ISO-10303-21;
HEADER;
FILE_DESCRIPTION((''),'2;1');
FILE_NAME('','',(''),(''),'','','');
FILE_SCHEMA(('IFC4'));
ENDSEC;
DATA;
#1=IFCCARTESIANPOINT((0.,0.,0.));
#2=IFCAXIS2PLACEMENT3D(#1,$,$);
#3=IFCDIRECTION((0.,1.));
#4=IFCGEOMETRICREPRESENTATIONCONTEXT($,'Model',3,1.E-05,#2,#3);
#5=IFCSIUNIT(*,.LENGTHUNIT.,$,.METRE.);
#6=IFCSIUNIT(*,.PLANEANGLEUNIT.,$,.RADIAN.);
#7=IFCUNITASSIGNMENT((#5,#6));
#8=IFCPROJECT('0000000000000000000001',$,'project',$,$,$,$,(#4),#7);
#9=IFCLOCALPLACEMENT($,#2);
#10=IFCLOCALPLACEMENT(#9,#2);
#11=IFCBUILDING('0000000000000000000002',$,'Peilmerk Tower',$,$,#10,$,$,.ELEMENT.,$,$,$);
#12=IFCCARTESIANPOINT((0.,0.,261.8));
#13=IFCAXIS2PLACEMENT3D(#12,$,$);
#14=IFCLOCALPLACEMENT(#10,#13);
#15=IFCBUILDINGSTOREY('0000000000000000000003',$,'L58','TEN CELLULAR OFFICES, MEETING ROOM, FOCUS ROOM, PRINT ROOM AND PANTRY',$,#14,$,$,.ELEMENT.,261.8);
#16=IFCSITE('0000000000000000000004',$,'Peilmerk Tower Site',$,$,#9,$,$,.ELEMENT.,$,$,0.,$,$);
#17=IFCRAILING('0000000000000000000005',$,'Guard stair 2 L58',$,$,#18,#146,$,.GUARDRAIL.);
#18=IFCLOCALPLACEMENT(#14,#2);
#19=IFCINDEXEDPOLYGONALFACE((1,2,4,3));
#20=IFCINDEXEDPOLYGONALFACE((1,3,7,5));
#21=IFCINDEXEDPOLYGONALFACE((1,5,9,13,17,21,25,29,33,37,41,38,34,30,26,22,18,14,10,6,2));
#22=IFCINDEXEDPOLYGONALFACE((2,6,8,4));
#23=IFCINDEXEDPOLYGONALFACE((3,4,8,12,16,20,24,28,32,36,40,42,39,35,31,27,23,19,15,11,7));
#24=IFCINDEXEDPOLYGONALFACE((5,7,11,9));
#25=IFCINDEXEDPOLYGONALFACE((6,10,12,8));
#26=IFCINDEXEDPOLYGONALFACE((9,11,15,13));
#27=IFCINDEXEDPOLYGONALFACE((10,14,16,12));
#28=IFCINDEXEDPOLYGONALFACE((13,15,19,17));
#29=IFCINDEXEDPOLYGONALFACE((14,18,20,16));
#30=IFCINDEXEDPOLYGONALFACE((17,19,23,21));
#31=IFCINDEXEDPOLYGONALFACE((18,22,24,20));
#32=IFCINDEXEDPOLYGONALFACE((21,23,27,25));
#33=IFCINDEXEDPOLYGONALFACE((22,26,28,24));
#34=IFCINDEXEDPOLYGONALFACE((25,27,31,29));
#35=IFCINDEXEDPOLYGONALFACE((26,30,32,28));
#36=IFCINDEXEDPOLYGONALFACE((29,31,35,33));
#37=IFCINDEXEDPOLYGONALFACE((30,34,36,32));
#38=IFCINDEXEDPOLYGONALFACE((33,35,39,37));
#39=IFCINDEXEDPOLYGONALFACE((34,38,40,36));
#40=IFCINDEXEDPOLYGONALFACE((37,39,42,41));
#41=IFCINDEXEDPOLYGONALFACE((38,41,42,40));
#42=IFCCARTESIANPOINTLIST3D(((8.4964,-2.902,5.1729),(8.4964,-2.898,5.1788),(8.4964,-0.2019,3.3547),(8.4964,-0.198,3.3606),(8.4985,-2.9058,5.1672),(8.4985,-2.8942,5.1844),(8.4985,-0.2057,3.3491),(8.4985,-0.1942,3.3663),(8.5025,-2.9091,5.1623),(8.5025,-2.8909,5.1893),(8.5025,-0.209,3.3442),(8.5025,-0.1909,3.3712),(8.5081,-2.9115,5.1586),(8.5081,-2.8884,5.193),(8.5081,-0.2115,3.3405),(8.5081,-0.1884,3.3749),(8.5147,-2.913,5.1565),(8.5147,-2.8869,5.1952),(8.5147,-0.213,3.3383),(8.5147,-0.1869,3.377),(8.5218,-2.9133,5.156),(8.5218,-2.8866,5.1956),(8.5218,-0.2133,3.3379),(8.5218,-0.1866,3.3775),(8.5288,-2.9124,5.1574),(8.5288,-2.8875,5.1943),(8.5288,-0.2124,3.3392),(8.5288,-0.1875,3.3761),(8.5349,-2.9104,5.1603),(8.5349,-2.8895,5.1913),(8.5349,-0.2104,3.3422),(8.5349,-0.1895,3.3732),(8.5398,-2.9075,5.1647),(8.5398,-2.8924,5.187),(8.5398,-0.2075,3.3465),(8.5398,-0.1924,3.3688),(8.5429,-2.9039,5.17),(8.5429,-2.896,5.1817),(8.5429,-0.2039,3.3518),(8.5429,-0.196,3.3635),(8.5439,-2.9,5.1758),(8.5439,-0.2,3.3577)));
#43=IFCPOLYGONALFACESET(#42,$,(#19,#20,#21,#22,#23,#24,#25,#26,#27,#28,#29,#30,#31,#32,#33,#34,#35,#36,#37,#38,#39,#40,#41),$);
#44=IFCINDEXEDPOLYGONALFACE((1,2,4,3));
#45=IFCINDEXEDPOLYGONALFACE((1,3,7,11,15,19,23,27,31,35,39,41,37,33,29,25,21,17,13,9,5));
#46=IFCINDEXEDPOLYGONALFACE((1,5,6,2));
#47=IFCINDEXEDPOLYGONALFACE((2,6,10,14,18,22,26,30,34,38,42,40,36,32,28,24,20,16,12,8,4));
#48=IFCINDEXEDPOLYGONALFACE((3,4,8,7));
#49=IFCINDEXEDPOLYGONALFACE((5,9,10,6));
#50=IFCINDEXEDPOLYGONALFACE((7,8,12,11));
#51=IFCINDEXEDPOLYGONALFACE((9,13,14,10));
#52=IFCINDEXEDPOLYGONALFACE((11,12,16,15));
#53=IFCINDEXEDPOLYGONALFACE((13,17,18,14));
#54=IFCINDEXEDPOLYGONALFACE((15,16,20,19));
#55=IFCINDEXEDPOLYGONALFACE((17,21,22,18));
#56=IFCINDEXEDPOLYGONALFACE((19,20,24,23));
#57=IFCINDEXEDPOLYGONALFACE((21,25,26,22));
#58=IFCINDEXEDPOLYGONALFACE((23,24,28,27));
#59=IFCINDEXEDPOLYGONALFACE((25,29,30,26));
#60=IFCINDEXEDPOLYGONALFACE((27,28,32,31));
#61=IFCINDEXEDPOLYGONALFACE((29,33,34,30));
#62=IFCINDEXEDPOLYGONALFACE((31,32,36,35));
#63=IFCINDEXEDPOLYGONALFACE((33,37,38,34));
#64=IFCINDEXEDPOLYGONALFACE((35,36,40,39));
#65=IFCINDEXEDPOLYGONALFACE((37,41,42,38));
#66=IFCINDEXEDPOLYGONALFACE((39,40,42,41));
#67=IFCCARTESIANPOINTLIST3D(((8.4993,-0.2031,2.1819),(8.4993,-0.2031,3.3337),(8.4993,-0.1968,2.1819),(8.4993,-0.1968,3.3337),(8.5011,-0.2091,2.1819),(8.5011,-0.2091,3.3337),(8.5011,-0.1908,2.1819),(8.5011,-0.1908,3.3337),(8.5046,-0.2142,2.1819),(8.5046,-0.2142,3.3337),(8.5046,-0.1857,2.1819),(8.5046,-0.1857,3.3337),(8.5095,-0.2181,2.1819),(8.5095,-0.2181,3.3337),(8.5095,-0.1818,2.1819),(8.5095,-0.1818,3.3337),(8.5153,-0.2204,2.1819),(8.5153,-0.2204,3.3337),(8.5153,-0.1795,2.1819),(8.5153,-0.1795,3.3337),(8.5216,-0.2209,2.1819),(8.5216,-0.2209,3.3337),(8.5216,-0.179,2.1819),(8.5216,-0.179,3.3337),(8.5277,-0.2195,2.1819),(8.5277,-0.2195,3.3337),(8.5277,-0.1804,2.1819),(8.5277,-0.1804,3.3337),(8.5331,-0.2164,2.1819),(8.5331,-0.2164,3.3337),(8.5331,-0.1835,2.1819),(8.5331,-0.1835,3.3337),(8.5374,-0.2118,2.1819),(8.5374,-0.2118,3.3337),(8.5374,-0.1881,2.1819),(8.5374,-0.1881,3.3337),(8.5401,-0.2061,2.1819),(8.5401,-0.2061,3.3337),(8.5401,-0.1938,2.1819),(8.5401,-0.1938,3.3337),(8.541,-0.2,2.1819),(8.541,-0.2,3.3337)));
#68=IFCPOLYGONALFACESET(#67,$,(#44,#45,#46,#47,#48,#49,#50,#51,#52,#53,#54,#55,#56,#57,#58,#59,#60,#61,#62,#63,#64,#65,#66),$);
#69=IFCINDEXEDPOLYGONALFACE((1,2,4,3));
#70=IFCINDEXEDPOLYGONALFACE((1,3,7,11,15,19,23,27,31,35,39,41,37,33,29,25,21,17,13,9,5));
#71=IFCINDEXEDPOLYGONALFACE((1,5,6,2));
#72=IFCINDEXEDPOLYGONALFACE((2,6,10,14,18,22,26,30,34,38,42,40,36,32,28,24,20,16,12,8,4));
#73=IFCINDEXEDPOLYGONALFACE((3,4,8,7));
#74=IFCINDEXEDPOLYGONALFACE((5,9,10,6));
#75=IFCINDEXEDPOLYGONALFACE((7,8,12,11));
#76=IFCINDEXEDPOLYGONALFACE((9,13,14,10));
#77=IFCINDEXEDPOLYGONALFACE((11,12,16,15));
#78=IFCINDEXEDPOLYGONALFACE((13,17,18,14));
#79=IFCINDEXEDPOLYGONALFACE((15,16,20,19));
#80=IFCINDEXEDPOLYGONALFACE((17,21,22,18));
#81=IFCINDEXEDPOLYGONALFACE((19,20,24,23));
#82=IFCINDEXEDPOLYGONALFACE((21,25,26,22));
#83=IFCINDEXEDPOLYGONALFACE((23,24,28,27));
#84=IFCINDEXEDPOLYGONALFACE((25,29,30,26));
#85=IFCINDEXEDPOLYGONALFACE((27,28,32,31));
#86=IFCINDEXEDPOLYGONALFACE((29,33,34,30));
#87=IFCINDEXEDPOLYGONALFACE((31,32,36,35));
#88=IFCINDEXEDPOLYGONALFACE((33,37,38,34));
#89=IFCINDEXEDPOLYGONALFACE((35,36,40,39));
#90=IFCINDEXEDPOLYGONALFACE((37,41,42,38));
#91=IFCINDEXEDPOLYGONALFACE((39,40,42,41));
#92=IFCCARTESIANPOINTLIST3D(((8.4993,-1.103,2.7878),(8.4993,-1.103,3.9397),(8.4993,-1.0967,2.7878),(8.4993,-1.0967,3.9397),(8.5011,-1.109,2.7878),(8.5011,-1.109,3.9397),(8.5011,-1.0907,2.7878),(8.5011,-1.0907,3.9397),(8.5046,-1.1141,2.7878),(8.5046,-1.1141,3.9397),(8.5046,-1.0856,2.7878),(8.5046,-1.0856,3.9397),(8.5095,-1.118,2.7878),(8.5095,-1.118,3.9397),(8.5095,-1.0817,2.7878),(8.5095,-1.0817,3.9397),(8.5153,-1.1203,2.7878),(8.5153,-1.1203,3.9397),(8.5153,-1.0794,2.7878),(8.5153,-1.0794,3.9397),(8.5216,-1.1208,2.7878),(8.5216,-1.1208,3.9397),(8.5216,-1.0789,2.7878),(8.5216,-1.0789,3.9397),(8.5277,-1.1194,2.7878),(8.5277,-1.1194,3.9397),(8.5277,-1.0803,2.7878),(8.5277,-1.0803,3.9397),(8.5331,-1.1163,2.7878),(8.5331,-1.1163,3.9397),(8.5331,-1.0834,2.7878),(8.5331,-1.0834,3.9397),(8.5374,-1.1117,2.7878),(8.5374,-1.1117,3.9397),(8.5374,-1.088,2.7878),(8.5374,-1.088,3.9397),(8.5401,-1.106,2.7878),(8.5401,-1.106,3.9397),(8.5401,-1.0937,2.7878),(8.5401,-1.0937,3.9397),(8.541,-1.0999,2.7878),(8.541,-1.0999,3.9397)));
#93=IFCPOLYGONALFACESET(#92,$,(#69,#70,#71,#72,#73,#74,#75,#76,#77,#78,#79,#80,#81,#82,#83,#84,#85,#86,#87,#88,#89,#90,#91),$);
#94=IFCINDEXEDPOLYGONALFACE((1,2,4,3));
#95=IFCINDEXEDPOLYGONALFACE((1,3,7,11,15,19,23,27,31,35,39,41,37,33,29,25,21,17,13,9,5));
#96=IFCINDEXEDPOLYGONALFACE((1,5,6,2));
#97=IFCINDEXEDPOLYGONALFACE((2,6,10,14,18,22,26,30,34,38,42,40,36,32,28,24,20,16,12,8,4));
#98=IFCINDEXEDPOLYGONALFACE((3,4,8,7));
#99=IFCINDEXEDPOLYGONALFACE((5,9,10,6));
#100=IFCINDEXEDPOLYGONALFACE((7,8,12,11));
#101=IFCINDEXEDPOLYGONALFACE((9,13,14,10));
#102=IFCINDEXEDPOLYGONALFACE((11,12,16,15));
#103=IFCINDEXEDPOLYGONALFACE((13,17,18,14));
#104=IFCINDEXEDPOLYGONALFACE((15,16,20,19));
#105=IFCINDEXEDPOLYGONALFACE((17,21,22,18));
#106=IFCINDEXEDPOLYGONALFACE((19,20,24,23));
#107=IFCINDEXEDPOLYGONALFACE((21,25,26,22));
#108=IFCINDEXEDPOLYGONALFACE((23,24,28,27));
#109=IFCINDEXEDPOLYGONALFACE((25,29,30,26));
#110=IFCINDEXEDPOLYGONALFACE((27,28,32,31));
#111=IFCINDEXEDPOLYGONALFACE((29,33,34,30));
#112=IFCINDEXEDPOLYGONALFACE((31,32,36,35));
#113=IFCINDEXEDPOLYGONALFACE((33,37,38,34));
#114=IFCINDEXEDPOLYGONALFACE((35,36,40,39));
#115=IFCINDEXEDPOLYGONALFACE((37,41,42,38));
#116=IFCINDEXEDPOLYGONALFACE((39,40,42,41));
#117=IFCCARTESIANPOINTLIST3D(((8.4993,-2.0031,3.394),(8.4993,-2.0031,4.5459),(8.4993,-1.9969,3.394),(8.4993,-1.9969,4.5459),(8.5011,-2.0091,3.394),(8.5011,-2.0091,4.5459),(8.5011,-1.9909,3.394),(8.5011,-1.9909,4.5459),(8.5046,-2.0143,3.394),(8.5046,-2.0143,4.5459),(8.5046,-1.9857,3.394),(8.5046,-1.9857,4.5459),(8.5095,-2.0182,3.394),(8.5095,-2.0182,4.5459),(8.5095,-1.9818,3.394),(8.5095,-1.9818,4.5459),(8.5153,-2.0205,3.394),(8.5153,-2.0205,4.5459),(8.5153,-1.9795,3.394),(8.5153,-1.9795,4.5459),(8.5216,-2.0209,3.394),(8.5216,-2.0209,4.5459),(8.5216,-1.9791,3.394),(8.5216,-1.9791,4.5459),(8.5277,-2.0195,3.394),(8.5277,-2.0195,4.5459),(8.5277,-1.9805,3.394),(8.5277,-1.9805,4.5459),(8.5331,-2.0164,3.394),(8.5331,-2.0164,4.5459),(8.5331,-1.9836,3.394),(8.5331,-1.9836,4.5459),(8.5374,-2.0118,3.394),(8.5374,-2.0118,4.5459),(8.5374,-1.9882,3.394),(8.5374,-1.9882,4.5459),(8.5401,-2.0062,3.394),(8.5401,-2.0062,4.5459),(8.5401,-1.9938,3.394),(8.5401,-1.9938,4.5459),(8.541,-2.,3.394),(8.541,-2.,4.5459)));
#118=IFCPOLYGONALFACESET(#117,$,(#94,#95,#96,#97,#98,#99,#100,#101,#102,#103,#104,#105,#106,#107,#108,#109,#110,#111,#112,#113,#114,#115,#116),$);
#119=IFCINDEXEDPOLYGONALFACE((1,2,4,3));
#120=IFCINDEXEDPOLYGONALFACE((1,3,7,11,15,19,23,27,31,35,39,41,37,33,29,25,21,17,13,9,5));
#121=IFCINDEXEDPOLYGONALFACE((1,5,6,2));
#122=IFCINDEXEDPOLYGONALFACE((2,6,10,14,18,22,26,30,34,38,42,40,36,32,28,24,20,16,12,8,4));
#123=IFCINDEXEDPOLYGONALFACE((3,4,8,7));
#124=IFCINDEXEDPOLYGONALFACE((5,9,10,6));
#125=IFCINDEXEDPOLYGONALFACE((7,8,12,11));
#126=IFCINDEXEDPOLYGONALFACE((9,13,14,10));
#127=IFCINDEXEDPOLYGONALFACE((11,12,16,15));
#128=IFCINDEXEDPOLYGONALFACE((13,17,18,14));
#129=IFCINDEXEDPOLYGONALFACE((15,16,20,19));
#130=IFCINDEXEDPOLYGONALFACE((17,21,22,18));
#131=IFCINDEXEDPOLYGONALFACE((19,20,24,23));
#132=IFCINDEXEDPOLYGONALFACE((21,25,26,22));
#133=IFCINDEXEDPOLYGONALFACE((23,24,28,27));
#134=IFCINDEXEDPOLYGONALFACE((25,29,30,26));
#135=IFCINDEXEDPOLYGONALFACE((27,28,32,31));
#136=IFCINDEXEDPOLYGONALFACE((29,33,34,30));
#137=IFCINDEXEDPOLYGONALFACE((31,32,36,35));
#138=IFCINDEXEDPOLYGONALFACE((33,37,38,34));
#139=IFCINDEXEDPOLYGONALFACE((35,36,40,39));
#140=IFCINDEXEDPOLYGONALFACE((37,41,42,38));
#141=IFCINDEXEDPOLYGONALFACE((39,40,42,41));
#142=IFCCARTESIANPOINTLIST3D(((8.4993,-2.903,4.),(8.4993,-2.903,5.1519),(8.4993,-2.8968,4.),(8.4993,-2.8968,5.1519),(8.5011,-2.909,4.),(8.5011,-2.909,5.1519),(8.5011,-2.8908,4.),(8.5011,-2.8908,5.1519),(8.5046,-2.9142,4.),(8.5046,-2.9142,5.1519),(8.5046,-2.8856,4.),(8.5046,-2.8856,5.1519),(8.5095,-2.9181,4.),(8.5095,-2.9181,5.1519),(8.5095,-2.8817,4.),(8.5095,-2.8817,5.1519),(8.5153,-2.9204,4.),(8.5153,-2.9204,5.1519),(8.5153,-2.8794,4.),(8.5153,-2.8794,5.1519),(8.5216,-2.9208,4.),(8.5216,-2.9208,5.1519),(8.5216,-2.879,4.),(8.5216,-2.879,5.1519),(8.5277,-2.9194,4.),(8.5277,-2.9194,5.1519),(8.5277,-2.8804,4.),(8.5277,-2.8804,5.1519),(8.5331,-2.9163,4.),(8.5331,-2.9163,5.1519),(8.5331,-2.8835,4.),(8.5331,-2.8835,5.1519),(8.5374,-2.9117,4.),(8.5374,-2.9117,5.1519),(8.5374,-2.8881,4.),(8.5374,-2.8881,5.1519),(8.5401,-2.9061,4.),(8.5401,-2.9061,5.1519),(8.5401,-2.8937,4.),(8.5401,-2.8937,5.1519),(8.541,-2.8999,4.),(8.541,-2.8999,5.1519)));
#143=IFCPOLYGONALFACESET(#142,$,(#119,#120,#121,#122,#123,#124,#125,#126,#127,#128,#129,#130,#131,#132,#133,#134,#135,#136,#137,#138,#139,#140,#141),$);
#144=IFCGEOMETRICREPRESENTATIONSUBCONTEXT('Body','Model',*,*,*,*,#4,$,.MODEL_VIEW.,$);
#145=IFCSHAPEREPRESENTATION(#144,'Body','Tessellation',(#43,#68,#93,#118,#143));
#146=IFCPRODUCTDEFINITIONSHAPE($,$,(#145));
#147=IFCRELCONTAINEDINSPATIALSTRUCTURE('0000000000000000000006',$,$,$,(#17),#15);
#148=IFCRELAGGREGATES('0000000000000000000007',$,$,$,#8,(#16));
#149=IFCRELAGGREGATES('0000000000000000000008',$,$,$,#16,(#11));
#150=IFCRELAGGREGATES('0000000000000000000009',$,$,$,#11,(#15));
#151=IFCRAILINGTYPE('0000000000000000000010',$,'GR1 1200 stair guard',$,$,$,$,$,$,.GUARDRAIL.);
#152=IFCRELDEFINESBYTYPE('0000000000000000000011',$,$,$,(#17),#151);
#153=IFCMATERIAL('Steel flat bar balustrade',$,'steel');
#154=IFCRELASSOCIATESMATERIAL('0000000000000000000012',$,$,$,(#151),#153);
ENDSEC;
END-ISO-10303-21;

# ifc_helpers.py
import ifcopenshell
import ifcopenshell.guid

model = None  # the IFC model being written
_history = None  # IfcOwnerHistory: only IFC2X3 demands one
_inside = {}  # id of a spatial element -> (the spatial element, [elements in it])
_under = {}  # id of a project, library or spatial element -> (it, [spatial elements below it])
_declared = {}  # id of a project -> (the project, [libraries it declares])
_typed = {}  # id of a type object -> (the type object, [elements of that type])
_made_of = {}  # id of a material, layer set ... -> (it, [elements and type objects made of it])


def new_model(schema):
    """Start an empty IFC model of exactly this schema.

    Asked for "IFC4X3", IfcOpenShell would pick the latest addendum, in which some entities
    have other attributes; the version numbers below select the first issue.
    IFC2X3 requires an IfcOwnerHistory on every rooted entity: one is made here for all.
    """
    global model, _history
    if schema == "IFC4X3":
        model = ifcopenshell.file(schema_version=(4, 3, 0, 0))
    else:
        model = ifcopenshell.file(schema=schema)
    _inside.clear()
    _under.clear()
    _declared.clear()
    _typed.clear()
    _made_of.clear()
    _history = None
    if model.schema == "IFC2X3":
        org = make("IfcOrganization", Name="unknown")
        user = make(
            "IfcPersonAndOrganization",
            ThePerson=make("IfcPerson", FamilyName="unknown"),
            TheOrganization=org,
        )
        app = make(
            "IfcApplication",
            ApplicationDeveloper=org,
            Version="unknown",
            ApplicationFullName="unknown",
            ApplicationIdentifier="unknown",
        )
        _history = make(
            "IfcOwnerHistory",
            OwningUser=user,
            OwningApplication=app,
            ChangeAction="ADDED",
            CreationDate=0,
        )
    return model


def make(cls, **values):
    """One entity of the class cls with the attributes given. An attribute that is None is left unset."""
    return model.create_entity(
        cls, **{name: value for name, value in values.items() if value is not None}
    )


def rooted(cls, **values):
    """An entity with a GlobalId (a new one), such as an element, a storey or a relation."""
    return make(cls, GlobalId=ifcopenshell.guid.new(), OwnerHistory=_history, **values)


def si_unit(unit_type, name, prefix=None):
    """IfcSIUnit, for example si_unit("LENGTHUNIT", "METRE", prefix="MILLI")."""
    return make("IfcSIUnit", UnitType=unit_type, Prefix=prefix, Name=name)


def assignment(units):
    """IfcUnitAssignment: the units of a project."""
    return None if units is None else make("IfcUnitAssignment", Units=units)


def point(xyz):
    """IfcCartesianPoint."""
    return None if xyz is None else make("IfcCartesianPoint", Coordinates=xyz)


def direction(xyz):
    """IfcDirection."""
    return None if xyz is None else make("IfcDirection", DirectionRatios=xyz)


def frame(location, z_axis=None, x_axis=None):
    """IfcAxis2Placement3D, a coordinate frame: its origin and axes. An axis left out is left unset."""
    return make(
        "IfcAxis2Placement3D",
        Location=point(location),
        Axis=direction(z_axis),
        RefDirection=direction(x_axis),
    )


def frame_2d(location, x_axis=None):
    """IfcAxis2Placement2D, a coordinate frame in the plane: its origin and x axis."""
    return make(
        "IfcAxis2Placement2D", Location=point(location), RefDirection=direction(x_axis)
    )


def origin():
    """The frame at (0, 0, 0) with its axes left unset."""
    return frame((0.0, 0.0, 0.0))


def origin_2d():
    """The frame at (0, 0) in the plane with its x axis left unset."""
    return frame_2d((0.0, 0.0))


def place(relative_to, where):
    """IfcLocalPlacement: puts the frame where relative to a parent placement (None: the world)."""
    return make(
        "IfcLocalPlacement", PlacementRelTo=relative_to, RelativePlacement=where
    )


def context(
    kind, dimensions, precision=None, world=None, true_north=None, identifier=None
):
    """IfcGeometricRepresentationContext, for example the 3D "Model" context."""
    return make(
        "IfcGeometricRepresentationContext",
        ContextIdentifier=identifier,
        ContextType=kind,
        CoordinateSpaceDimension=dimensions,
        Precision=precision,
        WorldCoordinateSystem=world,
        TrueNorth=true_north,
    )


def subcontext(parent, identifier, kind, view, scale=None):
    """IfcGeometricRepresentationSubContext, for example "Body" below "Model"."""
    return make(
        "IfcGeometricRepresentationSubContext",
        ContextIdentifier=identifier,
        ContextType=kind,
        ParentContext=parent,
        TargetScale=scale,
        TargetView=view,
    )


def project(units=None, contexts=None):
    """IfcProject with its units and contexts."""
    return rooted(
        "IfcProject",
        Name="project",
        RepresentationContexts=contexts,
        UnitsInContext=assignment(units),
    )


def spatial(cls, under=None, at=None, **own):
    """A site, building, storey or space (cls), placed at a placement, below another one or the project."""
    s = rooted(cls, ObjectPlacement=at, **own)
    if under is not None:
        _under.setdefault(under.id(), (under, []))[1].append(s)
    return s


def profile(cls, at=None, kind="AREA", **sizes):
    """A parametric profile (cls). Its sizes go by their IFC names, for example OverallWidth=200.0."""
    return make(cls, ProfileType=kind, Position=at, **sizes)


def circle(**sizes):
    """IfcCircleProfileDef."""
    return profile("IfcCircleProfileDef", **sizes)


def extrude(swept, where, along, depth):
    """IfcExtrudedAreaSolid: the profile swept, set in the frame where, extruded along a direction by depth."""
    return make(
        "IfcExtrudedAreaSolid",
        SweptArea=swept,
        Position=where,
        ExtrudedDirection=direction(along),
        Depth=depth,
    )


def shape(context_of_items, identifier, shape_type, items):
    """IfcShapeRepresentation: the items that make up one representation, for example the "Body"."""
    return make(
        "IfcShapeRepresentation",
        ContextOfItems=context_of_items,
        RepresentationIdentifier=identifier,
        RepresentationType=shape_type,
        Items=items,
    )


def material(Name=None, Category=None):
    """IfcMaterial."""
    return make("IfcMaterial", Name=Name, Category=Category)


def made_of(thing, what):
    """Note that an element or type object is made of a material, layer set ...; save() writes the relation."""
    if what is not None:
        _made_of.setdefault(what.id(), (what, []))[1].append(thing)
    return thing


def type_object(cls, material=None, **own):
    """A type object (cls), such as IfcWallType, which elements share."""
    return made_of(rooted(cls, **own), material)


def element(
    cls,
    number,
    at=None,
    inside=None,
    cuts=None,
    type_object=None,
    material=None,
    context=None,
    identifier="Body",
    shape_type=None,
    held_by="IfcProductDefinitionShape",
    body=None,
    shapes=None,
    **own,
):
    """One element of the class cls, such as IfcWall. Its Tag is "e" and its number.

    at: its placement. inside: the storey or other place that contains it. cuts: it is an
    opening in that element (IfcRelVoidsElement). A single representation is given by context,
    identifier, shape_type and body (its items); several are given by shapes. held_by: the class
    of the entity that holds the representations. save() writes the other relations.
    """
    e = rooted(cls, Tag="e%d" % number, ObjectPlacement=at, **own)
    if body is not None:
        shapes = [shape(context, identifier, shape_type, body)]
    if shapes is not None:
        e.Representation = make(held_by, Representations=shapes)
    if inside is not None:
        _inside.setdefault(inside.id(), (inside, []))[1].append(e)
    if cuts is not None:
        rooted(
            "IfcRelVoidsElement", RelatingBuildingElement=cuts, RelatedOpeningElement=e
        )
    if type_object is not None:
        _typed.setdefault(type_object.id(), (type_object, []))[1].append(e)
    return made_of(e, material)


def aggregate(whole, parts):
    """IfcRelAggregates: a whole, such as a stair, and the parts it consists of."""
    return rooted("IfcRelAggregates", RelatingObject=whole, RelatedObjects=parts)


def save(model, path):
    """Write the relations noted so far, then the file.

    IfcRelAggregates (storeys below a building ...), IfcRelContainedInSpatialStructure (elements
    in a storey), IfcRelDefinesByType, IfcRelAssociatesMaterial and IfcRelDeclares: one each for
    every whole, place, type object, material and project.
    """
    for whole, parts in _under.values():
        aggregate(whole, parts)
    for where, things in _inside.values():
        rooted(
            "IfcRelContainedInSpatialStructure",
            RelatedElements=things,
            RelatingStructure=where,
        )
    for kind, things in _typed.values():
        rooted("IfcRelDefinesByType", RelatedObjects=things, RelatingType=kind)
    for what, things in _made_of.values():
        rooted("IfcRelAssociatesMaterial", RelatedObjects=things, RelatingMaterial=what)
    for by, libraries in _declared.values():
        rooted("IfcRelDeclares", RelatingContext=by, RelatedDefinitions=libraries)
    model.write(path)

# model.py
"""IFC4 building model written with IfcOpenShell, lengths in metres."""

from ifc_helpers import new_model, si_unit, direction, frame, origin, origin_2d, place, context, subcontext, project, spatial, circle, extrude, material, type_object, element, save


model = new_model("IFC4")

# Units and contexts
model_context = context("Model", 3, precision=1e-05, world=origin(), true_north=direction((0.0, 1.0)))
body_context = subcontext(model_context, "Body", "Model", "MODEL_VIEW")
ifc_project = project(units=[si_unit("LENGTHUNIT", "METRE"), si_unit("PLANEANGLEUNIT", "RADIAN")], contexts=[model_context])

# Site, building, storey
site_placement = place(None, origin())
site = spatial("IfcSite", under=ifc_project, at=site_placement, Name="Peilmerk Tower Site", CompositionType="ELEMENT", RefElevation=0.0)
building_placement = place(site_placement, origin())
building = spatial("IfcBuilding", under=site, at=building_placement, Name="Peilmerk Tower", CompositionType="ELEMENT")
storey_placement = place(building_placement, frame((0.0, 0.0, 261.8)))
storey = spatial("IfcBuildingStorey", under=building, at=storey_placement, Name="L58", Description="TEN CELLULAR OFFICES, MEETING ROOM, FOCUS ROOM, PRINT ROOM AND PANTRY", CompositionType="ELEMENT", Elevation=261.8)

# Railing
ifc_material_1 = material(Name="Steel flat bar balustrade", Category="steel")
railing_type_1 = type_object("IfcRailingType", Name="GR1 1200 stair guard", PredefinedType="GUARDRAIL", material=ifc_material_1)
railing_1_placement = place(storey_placement, frame((8.52, -0.2, 2.1819)))
element("IfcRailing", 1, at=railing_1_placement, inside=storey, type_object=railing_type_1, Name="Guard stair 2 L58", PredefinedType="GUARDRAIL", context=body_context, shape_type="SweptSolid", body=[
    extrude(circle(Radius=0.0239, at=origin_2d()), frame((0.0, 0.0, 1.1758), z_axis=(0.0, -0.829468, 0.558554), x_axis=(1.0, 0.0, 0.0)), (0.0, 0.0, 1.0), 3.2551),
    extrude(circle(Radius=0.021, at=origin_2d()), origin(), (0.0, 0.0, 1.0), 1.1519),
    extrude(circle(Radius=0.021, at=origin_2d()), frame((0.0, -0.8999, 0.606)), (0.0, 0.0, 1.0), 1.1519),
    extrude(circle(Radius=0.021, at=origin_2d()), frame((0.0, -1.8, 1.2122)), (0.0, 0.0, 1.0), 1.1519),
    extrude(circle(Radius=0.021, at=origin_2d()), frame((0.0, -2.7, 1.8181)), (0.0, 0.0, 1.0), 1.1519),
])

save(model, "model.ifc")
